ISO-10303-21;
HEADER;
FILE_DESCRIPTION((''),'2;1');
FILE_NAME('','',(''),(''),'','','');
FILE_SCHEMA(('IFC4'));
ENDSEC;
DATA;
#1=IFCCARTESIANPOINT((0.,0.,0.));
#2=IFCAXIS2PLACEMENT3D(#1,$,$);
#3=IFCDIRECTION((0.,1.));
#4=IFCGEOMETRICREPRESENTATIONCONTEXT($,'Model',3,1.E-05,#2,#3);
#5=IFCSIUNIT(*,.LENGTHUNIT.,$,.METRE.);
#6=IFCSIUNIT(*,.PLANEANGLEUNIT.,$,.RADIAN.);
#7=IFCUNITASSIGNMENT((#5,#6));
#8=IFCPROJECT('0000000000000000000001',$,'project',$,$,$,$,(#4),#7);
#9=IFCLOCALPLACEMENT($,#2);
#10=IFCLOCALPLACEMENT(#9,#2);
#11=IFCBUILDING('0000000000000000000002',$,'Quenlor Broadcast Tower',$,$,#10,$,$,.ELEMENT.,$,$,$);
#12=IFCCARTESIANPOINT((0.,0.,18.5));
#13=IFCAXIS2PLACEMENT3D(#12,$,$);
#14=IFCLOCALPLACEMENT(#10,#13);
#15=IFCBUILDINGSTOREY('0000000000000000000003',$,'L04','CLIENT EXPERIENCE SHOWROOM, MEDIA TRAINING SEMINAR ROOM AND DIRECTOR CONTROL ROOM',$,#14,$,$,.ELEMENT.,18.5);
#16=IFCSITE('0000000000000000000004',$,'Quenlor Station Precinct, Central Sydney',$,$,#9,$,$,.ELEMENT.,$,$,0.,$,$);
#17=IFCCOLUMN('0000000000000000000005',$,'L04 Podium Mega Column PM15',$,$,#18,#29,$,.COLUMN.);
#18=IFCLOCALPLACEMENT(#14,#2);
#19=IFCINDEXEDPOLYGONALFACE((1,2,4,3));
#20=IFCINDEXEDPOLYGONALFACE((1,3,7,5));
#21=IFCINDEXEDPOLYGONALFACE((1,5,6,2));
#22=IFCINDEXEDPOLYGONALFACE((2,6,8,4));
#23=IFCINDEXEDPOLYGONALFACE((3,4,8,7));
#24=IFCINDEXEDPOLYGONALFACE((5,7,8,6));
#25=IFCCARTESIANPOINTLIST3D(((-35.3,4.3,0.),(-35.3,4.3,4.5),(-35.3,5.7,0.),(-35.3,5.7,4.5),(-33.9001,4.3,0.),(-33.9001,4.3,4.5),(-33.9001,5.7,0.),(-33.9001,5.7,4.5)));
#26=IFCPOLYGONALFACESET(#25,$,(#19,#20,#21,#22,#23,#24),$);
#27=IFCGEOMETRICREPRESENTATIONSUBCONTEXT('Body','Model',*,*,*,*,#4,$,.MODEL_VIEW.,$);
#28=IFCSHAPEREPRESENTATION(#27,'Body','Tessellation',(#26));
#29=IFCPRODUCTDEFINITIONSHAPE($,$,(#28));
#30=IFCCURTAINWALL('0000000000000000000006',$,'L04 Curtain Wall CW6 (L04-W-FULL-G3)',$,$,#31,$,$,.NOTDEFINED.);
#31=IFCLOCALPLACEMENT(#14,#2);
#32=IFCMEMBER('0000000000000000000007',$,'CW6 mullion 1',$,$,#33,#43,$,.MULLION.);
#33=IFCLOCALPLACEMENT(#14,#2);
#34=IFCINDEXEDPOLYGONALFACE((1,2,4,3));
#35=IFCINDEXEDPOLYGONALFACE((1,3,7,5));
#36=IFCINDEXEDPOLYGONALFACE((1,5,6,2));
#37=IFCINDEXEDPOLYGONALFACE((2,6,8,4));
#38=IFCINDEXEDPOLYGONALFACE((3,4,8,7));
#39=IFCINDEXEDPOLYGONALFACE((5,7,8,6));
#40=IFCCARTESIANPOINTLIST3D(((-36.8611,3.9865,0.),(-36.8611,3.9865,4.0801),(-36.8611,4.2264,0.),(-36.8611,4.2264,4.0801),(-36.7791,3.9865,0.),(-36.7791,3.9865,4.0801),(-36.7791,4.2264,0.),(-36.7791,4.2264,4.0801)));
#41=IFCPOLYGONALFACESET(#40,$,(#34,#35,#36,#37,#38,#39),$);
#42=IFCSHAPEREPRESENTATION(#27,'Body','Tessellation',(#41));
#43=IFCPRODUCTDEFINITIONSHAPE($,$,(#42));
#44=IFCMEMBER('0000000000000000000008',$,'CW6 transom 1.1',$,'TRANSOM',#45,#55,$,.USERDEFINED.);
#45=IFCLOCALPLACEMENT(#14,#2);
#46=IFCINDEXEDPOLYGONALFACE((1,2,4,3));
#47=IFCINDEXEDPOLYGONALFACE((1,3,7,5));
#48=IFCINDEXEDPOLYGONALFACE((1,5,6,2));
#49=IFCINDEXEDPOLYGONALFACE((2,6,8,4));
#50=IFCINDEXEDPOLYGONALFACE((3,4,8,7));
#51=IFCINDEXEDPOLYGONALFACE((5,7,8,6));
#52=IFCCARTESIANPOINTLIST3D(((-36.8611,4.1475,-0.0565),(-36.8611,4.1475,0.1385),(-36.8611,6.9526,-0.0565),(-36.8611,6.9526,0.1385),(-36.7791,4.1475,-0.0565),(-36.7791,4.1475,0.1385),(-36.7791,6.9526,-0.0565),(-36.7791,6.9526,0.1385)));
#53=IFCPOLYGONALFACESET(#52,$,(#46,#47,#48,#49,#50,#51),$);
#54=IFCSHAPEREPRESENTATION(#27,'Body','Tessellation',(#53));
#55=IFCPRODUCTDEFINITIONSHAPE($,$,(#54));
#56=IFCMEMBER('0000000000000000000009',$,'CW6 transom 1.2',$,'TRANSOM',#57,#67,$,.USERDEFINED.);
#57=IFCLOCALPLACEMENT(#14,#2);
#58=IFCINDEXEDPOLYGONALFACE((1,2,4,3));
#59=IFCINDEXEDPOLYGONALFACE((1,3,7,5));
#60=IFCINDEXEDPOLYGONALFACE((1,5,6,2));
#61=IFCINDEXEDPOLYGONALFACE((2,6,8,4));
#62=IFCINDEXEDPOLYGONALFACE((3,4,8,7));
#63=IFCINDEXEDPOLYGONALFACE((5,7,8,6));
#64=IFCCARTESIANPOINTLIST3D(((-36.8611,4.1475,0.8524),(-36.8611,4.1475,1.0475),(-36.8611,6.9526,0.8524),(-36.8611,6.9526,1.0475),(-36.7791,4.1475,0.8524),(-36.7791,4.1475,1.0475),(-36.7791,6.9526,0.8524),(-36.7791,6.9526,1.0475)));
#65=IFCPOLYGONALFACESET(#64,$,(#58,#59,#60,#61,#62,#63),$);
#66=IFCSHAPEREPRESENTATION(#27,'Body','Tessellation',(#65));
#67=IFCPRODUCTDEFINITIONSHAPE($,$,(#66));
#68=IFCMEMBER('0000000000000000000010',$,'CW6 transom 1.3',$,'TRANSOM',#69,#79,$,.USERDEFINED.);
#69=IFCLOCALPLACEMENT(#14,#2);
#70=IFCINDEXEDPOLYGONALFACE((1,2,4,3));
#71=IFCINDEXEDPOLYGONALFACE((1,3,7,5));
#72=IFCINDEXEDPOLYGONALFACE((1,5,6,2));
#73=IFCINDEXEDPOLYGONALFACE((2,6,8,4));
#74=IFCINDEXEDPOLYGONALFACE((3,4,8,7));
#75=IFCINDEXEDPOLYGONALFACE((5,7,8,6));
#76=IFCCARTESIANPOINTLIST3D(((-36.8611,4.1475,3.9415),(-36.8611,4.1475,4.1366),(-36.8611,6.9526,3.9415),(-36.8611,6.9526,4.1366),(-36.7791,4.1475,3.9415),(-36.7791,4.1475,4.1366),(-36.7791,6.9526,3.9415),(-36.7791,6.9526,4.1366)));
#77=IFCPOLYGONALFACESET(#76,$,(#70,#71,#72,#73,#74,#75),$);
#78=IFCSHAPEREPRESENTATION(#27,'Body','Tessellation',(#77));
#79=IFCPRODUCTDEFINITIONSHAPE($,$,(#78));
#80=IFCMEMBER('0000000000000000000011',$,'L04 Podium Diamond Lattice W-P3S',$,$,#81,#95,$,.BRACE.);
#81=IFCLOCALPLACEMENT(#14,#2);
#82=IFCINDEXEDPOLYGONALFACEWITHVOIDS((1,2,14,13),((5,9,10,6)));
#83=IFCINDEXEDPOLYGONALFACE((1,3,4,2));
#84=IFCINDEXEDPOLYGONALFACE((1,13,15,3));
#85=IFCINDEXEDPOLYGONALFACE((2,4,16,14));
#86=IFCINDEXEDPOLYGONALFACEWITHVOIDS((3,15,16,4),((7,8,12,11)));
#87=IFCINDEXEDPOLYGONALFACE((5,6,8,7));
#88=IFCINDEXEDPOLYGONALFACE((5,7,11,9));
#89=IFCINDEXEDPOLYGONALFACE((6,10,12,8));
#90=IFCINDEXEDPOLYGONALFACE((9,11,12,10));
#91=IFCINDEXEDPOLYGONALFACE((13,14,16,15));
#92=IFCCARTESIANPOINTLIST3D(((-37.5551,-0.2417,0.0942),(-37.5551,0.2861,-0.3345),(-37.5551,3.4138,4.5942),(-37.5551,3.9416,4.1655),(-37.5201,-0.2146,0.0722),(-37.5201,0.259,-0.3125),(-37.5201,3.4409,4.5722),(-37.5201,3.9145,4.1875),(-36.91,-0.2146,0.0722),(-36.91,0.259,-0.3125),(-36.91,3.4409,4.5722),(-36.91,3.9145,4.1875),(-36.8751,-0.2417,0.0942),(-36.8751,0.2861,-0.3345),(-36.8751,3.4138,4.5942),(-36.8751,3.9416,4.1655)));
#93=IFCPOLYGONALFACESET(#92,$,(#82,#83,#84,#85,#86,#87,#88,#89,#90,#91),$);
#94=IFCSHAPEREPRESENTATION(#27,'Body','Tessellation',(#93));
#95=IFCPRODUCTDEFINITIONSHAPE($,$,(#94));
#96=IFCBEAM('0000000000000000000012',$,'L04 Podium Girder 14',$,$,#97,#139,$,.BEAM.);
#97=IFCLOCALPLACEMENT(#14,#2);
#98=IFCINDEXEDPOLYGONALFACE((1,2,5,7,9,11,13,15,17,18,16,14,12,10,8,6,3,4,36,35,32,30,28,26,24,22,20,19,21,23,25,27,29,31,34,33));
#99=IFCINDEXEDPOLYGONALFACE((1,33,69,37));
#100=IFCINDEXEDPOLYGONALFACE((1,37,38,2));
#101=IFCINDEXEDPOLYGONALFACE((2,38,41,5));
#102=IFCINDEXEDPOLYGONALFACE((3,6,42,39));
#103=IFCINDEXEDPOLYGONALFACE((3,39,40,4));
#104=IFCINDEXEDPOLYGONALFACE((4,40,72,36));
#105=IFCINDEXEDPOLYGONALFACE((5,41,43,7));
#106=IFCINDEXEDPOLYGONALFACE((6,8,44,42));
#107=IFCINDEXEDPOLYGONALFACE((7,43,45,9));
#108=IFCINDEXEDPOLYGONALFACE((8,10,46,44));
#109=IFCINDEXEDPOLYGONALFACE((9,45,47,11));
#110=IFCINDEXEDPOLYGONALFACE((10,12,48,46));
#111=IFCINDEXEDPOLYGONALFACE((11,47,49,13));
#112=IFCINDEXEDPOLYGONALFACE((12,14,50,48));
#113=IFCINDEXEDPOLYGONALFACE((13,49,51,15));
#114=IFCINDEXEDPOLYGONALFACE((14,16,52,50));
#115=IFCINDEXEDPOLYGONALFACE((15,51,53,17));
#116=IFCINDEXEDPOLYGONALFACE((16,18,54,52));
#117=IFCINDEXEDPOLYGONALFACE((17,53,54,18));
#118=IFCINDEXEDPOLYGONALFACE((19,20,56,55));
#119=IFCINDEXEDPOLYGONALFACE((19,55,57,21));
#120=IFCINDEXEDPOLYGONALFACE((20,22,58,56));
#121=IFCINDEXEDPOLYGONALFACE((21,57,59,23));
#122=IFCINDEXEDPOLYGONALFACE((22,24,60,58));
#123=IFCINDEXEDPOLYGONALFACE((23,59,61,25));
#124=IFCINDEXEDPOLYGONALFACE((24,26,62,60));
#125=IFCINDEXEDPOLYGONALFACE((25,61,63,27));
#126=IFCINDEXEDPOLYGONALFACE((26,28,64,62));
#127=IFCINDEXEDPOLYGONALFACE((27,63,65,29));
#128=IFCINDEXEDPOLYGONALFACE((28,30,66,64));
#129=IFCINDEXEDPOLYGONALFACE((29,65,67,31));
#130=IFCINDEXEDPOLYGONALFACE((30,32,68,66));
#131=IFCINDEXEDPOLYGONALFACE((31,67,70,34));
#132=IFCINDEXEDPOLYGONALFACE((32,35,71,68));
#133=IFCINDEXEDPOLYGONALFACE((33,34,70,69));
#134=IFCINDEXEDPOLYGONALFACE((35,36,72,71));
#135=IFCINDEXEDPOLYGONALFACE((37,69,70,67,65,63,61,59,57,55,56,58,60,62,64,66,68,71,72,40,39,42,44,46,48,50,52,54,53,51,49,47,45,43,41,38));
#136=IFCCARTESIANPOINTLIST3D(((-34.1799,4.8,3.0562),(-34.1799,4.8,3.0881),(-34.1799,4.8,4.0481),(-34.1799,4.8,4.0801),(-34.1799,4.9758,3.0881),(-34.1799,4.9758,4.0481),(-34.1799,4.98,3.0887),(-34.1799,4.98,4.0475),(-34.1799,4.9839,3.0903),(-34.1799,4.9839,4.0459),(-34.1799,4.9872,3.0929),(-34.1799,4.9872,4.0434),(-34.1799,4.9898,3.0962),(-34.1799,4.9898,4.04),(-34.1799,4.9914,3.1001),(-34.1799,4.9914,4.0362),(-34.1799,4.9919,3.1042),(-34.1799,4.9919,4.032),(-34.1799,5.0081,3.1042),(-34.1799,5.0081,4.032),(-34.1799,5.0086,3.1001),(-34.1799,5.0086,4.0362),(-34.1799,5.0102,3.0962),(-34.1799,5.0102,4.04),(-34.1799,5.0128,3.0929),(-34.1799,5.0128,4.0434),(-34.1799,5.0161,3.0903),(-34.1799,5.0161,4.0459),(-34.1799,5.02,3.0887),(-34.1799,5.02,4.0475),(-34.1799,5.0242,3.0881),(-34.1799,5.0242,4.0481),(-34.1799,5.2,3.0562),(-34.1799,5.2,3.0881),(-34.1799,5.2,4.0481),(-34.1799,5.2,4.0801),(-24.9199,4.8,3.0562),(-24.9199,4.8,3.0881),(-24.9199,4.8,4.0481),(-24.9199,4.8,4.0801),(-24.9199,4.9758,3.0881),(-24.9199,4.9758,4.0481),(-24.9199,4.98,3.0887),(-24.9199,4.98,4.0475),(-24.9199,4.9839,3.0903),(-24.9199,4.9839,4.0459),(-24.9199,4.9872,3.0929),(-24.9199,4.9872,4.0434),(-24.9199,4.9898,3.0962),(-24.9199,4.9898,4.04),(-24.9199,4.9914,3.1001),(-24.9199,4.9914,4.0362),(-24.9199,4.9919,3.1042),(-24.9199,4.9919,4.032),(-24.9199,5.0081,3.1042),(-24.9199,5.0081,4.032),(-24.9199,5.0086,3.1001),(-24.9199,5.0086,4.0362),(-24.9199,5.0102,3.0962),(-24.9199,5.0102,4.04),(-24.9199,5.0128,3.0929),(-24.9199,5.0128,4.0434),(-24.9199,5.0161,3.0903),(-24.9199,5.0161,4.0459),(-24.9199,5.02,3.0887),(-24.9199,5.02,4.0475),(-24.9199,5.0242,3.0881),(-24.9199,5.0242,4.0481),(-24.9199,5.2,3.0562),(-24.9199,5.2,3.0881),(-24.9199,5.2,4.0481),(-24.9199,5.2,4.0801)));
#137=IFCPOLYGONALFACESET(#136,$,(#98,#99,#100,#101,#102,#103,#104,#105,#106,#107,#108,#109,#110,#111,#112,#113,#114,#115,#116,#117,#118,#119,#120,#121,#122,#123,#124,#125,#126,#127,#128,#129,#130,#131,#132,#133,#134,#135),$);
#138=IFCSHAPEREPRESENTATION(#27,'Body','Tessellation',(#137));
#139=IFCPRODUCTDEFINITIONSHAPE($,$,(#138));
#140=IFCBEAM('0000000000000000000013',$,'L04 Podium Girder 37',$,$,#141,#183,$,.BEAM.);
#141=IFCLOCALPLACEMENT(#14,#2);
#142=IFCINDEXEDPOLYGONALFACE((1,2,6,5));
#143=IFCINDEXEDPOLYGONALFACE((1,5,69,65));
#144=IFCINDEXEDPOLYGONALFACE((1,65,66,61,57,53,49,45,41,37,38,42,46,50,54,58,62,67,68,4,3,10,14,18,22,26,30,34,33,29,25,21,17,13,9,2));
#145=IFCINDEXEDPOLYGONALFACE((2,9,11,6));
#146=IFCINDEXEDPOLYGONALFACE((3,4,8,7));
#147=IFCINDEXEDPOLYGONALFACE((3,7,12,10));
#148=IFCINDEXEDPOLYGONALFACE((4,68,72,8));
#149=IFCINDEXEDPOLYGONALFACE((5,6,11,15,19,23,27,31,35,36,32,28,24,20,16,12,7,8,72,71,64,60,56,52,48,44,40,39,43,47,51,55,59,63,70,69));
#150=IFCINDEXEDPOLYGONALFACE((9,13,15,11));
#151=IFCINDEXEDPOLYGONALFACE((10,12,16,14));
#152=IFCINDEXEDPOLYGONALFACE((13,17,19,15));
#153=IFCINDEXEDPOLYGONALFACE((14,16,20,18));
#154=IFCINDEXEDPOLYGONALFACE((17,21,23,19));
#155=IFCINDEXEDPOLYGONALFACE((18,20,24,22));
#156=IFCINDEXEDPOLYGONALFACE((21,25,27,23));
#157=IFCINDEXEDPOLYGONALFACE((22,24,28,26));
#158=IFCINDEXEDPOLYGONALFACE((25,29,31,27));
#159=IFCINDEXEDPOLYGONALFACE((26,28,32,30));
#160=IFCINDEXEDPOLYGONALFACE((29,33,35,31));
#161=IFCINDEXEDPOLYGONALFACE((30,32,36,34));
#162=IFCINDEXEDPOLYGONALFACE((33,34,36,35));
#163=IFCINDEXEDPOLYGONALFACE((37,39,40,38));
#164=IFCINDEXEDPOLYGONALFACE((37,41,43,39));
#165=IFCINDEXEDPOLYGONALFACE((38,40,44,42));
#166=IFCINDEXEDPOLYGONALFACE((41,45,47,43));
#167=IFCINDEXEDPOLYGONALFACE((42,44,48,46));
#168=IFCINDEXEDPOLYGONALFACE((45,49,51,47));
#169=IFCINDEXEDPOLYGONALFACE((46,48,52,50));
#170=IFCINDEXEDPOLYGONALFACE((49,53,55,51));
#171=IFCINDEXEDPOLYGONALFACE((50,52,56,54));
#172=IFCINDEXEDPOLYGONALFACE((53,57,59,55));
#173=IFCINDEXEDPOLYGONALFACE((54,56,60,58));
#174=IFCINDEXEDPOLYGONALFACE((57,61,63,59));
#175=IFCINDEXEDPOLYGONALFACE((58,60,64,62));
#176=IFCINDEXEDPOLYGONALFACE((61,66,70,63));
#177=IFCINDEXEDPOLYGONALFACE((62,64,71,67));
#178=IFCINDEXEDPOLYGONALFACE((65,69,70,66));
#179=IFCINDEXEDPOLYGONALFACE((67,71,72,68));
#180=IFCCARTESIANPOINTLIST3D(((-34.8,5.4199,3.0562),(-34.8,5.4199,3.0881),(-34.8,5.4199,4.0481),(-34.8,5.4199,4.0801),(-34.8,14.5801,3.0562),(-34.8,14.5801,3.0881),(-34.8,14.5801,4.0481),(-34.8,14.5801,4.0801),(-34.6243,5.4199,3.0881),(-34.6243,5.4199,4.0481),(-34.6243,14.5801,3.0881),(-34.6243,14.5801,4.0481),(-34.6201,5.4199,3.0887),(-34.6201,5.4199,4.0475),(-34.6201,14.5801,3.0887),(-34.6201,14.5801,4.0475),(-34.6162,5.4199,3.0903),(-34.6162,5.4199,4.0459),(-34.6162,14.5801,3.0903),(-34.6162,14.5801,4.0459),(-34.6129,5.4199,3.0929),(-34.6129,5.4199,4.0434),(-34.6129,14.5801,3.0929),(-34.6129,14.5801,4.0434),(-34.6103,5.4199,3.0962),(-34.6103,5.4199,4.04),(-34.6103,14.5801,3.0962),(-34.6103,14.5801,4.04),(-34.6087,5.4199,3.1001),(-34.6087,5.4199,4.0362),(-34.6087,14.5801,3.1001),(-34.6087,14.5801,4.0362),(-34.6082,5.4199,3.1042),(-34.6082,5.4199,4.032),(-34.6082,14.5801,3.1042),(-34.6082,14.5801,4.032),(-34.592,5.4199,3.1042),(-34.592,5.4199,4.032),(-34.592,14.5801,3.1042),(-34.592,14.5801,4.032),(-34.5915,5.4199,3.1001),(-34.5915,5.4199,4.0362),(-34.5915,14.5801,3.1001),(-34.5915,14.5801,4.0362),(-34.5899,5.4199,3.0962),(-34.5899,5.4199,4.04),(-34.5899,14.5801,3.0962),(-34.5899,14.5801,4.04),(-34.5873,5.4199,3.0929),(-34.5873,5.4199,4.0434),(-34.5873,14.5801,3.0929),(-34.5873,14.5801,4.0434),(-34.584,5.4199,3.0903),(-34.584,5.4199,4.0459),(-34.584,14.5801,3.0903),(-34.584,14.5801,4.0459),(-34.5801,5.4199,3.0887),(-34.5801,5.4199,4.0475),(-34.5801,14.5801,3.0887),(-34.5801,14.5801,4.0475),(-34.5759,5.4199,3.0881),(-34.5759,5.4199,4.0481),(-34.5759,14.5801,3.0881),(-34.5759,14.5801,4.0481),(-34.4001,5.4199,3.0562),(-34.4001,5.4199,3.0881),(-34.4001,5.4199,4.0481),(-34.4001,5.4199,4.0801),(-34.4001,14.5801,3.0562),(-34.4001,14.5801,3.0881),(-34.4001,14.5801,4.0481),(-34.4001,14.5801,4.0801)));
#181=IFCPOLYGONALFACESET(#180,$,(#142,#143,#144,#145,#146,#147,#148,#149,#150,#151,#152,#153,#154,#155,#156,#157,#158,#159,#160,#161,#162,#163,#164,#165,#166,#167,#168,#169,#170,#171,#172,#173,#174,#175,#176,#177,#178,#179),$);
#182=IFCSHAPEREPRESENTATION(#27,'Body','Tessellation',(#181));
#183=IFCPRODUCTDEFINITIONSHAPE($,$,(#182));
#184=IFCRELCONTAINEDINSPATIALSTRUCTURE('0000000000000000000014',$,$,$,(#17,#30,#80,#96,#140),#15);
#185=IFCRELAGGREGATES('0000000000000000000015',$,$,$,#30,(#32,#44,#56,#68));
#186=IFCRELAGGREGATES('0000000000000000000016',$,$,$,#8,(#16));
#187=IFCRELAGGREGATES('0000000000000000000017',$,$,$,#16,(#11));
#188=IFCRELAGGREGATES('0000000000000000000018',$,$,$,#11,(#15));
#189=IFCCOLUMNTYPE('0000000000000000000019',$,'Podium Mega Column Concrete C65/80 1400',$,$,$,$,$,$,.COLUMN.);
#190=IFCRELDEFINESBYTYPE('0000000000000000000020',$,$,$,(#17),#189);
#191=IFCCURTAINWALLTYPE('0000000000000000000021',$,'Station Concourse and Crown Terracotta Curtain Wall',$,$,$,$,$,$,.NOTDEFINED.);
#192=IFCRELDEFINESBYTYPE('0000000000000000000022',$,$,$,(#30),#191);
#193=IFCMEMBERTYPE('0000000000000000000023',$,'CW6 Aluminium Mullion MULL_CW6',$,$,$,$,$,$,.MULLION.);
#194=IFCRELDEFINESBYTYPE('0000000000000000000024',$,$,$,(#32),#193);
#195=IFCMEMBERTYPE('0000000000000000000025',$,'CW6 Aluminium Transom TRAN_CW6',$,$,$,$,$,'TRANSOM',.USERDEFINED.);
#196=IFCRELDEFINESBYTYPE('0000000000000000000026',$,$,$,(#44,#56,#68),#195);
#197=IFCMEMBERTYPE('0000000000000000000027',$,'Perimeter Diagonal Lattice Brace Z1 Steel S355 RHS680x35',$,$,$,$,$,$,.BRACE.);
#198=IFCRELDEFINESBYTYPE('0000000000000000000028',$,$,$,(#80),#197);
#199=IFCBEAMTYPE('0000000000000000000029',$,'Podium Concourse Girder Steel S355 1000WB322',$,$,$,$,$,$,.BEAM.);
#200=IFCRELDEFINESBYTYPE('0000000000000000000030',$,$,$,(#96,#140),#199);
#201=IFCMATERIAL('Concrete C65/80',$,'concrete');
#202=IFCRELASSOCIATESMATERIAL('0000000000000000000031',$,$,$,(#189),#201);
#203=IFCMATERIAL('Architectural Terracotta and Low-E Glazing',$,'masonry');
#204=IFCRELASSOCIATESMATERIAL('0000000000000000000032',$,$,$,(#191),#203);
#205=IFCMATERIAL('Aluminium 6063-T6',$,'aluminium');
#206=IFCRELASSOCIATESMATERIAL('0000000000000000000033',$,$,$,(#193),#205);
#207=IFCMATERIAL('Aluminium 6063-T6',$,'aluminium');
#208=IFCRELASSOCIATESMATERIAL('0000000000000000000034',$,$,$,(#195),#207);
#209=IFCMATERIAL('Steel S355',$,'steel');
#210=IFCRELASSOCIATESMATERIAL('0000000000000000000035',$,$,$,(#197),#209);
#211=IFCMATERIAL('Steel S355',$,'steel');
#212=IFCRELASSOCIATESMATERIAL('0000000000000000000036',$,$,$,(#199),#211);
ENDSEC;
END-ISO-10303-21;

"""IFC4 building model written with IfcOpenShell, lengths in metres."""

from ifc_helpers import new_model, si_unit, direction, frame, origin, origin_2d, place, context, subcontext, project, spatial, rectangle, hollow_rectangle, i_section, extrude, material, material_profile, profile_set, type_object, element, aggregate, save


model = new_model("IFC4")

# Units and contexts
model_context = context("Model", 3, precision=1e-05, world=origin(), true_north=direction((0.0, 1.0)))
body_context = subcontext(model_context, "Body", "Model", "MODEL_VIEW")
ifc_project = project(units=[si_unit("LENGTHUNIT", "METRE"), si_unit("PLANEANGLEUNIT", "RADIAN")], contexts=[model_context])

# Site, building, storey
site_placement = place(None, origin())
site = spatial("IfcSite", under=ifc_project, at=site_placement, Name="Quenlor Station Precinct, Central Sydney", CompositionType="ELEMENT", RefElevation=0.0)
building_placement = place(site_placement, origin())
building = spatial("IfcBuilding", under=site, at=building_placement, Name="Quenlor Broadcast Tower", CompositionType="ELEMENT")
storey_placement = place(building_placement, frame((0.0, 0.0, 18.5)))
storey = spatial("IfcBuildingStorey", under=building, at=storey_placement, Name="L04", Description="CLIENT EXPERIENCE SHOWROOM, MEDIA TRAINING SEMINAR ROOM AND DIRECTOR CONTROL ROOM", CompositionType="ELEMENT", Elevation=18.5)

# Column
ifc_material_1 = material(Name="Concrete C65/80", Category="concrete")
ifc_material_profile_1 = material_profile(ifc_material_1, rectangle(XDim=1.3999, YDim=1.3999, at=origin_2d()))
ifc_profile_set_1 = profile_set([ifc_material_profile_1], Name="Concrete C65/80 RC1400x1400")
column_type = type_object("IfcColumnType", Name="Podium Mega Column Concrete C65/80 1400", PredefinedType="COLUMN", material=ifc_profile_set_1)
column_placement = place(storey_placement, frame((-34.6001, 5.0, 0.0), z_axis=(0.0, 0.0, 1.0), x_axis=(1.0, 0.0, 0.0)))
element("IfcColumn", 1, at=column_placement, inside=storey, type_object=column_type, Name="L04 Podium Mega Column PM15", PredefinedType="COLUMN", context=body_context, shape_type="SweptSolid", body=[
    extrude(rectangle(XDim=1.3999, YDim=1.3999, at=origin_2d()), origin(), (0.0, 0.0, 1.0), 4.5),
])

# Curtain wall, members
ifc_material_2 = material(Name="Architectural Terracotta and Low-E Glazing", Category="masonry")
curtain_wall_type = type_object("IfcCurtainWallType", Name="Station Concourse and Crown Terracotta Curtain Wall", PredefinedType="NOTDEFINED", material=ifc_material_2)
curtain_wall_placement = place(storey_placement, origin())
curtain_wall = element("IfcCurtainWall", 2, at=curtain_wall_placement, inside=storey, type_object=curtain_wall_type, Name="L04 Curtain Wall CW6 (L04-W-FULL-G3)", PredefinedType="NOTDEFINED")
ifc_material_3 = material(Name="Aluminium 6063-T6", Category="aluminium")
ifc_material_profile_2 = material_profile(ifc_material_3, rectangle(XDim=0.082, YDim=0.24, at=origin_2d()))
ifc_profile_set_2 = profile_set([ifc_material_profile_2], Name="Aluminium 6063-T6 MULL82x240")
member_type_1 = type_object("IfcMemberType", Name="CW6 Aluminium Mullion MULL_CW6", PredefinedType="MULLION", material=ifc_profile_set_2)
member_1_placement = place(storey_placement, frame((-36.8201, 4.1064, 0.0), z_axis=(0.0, 0.0, 1.0), x_axis=(-1.0, 0.0, 0.0)))
member_1 = element("IfcMember", 3, at=member_1_placement, type_object=member_type_1, Name="CW6 mullion 1", PredefinedType="MULLION", context=body_context, shape_type="SweptSolid", body=[
    extrude(rectangle(XDim=0.082, YDim=0.24, at=origin_2d()), origin(), (0.0, 0.0, 1.0), 4.0801),
])
ifc_material_4 = material(Name="Aluminium 6063-T6", Category="aluminium")
ifc_material_profile_3 = material_profile(ifc_material_4, rectangle(XDim=0.082, YDim=0.1951, at=origin_2d()))
ifc_profile_set_3 = profile_set([ifc_material_profile_3], Name="Aluminium 6063-T6 TRAN82x195")
member_type_2 = type_object("IfcMemberType", Name="CW6 Aluminium Transom TRAN_CW6", ElementType="TRANSOM", PredefinedType="USERDEFINED", material=ifc_profile_set_3)
member_2_placement = place(storey_placement, frame((-36.8201, 4.1475, 0.041), z_axis=(0.0, 1.0, 0.0), x_axis=(-1.0, 0.0, 0.0)))
member_2 = element("IfcMember", 4, at=member_2_placement, type_object=member_type_2, Name="CW6 transom 1.1", ObjectType="TRANSOM", PredefinedType="USERDEFINED", context=body_context, shape_type="SweptSolid", body=[
    extrude(rectangle(XDim=0.082, YDim=0.1951, at=origin_2d()), origin(), (0.0, 0.0, 1.0), 2.8052),
])
member_3_placement = place(storey_placement, frame((-36.8201, 4.1475, 0.95), z_axis=(0.0, 1.0, 0.0), x_axis=(-1.0, 0.0, 0.0)))
member_3 = element("IfcMember", 5, at=member_3_placement, type_object=member_type_2, Name="CW6 transom 1.2", ObjectType="TRANSOM", PredefinedType="USERDEFINED", context=body_context, shape_type="SweptSolid", body=[
    extrude(rectangle(XDim=0.082, YDim=0.1951, at=origin_2d()), origin(), (0.0, 0.0, 1.0), 2.8052),
])
member_4_placement = place(storey_placement, frame((-36.8201, 4.1475, 4.0391), z_axis=(0.0, 1.0, 0.0), x_axis=(-1.0, 0.0, 0.0)))
member_4 = element("IfcMember", 6, at=member_4_placement, type_object=member_type_2, Name="CW6 transom 1.3", ObjectType="TRANSOM", PredefinedType="USERDEFINED", context=body_context, shape_type="SweptSolid", body=[
    extrude(rectangle(XDim=0.082, YDim=0.1951, at=origin_2d()), origin(), (0.0, 0.0, 1.0), 2.8052),
])

# Member
ifc_material_5 = material(Name="Steel S355", Category="steel")
ifc_material_profile_4 = material_profile(ifc_material_5, hollow_rectangle(XDim=0.6799, YDim=0.6799, WallThickness=0.0349, at=origin_2d()))
ifc_profile_set_4 = profile_set([ifc_material_profile_4], Name="Steel S355 RHS680x680x35")
member_type_3 = type_object("IfcMemberType", Name="Perimeter Diagonal Lattice Brace Z1 Steel S355 RHS680x35", PredefinedType="BRACE", material=ifc_profile_set_4)
member_5_placement = place(storey_placement, frame((-37.2151, 0.0222, -0.1201), z_axis=(0.0, 0.630517, 0.776176), x_axis=(-1.0, 0.0, 0.0)))
element("IfcMember", 7, at=member_5_placement, inside=storey, type_object=member_type_3, Name="L04 Podium Diamond Lattice W-P3S", PredefinedType="BRACE", context=body_context, shape_type="SweptSolid", body=[
    extrude(hollow_rectangle(XDim=0.6799, YDim=0.6799, WallThickness=0.0349, at=origin_2d()), origin(), (0.0, 0.0, 1.0), 5.7976),
])

# Beams
ifc_material_6 = material(Name="Steel S355", Category="steel")
ifc_material_profile_5 = material_profile(ifc_material_6, i_section(OverallWidth=0.3999, OverallDepth=1.0239, WebThickness=0.0161, FlangeThickness=0.032, FilletRadius=0.0161, at=origin_2d()))
ifc_profile_set_5 = profile_set([ifc_material_profile_5], Name="Steel S355 1000WB322")
beam_type_1 = type_object("IfcBeamType", Name="Podium Concourse Girder Steel S355 1000WB322", PredefinedType="BEAM", material=ifc_profile_set_5)
beam_1_placement = place(storey_placement, frame((-34.1799, 5.0, 3.5681), z_axis=(1.0, 0.0, 0.0), x_axis=(0.0, 1.0, 0.0)))
element("IfcBeam", 8, at=beam_1_placement, inside=storey, type_object=beam_type_1, Name="L04 Podium Girder 14", PredefinedType="BEAM", context=body_context, shape_type="SweptSolid", body=[
    extrude(i_section(OverallWidth=0.3999, OverallDepth=1.0239, WebThickness=0.0161, FlangeThickness=0.032, FilletRadius=0.0161, at=origin_2d()), origin(), (0.0, 0.0, 1.0), 9.26),
])
beam_2_placement = place(storey_placement, frame((-34.6001, 5.4199, 3.5681), z_axis=(0.0, 1.0, 0.0), x_axis=(-1.0, 0.0, 0.0)))
element("IfcBeam", 9, at=beam_2_placement, inside=storey, type_object=beam_type_1, Name="L04 Podium Girder 37", PredefinedType="BEAM", context=body_context, shape_type="SweptSolid", body=[
    extrude(i_section(OverallWidth=0.3999, OverallDepth=1.0239, WebThickness=0.0161, FlangeThickness=0.032, FilletRadius=0.0161, at=origin_2d()), origin(), (0.0, 0.0, 1.0), 9.1602),
])

aggregate(curtain_wall, [member_1, member_2, member_3, member_4])

save(model, "model.ifc")
